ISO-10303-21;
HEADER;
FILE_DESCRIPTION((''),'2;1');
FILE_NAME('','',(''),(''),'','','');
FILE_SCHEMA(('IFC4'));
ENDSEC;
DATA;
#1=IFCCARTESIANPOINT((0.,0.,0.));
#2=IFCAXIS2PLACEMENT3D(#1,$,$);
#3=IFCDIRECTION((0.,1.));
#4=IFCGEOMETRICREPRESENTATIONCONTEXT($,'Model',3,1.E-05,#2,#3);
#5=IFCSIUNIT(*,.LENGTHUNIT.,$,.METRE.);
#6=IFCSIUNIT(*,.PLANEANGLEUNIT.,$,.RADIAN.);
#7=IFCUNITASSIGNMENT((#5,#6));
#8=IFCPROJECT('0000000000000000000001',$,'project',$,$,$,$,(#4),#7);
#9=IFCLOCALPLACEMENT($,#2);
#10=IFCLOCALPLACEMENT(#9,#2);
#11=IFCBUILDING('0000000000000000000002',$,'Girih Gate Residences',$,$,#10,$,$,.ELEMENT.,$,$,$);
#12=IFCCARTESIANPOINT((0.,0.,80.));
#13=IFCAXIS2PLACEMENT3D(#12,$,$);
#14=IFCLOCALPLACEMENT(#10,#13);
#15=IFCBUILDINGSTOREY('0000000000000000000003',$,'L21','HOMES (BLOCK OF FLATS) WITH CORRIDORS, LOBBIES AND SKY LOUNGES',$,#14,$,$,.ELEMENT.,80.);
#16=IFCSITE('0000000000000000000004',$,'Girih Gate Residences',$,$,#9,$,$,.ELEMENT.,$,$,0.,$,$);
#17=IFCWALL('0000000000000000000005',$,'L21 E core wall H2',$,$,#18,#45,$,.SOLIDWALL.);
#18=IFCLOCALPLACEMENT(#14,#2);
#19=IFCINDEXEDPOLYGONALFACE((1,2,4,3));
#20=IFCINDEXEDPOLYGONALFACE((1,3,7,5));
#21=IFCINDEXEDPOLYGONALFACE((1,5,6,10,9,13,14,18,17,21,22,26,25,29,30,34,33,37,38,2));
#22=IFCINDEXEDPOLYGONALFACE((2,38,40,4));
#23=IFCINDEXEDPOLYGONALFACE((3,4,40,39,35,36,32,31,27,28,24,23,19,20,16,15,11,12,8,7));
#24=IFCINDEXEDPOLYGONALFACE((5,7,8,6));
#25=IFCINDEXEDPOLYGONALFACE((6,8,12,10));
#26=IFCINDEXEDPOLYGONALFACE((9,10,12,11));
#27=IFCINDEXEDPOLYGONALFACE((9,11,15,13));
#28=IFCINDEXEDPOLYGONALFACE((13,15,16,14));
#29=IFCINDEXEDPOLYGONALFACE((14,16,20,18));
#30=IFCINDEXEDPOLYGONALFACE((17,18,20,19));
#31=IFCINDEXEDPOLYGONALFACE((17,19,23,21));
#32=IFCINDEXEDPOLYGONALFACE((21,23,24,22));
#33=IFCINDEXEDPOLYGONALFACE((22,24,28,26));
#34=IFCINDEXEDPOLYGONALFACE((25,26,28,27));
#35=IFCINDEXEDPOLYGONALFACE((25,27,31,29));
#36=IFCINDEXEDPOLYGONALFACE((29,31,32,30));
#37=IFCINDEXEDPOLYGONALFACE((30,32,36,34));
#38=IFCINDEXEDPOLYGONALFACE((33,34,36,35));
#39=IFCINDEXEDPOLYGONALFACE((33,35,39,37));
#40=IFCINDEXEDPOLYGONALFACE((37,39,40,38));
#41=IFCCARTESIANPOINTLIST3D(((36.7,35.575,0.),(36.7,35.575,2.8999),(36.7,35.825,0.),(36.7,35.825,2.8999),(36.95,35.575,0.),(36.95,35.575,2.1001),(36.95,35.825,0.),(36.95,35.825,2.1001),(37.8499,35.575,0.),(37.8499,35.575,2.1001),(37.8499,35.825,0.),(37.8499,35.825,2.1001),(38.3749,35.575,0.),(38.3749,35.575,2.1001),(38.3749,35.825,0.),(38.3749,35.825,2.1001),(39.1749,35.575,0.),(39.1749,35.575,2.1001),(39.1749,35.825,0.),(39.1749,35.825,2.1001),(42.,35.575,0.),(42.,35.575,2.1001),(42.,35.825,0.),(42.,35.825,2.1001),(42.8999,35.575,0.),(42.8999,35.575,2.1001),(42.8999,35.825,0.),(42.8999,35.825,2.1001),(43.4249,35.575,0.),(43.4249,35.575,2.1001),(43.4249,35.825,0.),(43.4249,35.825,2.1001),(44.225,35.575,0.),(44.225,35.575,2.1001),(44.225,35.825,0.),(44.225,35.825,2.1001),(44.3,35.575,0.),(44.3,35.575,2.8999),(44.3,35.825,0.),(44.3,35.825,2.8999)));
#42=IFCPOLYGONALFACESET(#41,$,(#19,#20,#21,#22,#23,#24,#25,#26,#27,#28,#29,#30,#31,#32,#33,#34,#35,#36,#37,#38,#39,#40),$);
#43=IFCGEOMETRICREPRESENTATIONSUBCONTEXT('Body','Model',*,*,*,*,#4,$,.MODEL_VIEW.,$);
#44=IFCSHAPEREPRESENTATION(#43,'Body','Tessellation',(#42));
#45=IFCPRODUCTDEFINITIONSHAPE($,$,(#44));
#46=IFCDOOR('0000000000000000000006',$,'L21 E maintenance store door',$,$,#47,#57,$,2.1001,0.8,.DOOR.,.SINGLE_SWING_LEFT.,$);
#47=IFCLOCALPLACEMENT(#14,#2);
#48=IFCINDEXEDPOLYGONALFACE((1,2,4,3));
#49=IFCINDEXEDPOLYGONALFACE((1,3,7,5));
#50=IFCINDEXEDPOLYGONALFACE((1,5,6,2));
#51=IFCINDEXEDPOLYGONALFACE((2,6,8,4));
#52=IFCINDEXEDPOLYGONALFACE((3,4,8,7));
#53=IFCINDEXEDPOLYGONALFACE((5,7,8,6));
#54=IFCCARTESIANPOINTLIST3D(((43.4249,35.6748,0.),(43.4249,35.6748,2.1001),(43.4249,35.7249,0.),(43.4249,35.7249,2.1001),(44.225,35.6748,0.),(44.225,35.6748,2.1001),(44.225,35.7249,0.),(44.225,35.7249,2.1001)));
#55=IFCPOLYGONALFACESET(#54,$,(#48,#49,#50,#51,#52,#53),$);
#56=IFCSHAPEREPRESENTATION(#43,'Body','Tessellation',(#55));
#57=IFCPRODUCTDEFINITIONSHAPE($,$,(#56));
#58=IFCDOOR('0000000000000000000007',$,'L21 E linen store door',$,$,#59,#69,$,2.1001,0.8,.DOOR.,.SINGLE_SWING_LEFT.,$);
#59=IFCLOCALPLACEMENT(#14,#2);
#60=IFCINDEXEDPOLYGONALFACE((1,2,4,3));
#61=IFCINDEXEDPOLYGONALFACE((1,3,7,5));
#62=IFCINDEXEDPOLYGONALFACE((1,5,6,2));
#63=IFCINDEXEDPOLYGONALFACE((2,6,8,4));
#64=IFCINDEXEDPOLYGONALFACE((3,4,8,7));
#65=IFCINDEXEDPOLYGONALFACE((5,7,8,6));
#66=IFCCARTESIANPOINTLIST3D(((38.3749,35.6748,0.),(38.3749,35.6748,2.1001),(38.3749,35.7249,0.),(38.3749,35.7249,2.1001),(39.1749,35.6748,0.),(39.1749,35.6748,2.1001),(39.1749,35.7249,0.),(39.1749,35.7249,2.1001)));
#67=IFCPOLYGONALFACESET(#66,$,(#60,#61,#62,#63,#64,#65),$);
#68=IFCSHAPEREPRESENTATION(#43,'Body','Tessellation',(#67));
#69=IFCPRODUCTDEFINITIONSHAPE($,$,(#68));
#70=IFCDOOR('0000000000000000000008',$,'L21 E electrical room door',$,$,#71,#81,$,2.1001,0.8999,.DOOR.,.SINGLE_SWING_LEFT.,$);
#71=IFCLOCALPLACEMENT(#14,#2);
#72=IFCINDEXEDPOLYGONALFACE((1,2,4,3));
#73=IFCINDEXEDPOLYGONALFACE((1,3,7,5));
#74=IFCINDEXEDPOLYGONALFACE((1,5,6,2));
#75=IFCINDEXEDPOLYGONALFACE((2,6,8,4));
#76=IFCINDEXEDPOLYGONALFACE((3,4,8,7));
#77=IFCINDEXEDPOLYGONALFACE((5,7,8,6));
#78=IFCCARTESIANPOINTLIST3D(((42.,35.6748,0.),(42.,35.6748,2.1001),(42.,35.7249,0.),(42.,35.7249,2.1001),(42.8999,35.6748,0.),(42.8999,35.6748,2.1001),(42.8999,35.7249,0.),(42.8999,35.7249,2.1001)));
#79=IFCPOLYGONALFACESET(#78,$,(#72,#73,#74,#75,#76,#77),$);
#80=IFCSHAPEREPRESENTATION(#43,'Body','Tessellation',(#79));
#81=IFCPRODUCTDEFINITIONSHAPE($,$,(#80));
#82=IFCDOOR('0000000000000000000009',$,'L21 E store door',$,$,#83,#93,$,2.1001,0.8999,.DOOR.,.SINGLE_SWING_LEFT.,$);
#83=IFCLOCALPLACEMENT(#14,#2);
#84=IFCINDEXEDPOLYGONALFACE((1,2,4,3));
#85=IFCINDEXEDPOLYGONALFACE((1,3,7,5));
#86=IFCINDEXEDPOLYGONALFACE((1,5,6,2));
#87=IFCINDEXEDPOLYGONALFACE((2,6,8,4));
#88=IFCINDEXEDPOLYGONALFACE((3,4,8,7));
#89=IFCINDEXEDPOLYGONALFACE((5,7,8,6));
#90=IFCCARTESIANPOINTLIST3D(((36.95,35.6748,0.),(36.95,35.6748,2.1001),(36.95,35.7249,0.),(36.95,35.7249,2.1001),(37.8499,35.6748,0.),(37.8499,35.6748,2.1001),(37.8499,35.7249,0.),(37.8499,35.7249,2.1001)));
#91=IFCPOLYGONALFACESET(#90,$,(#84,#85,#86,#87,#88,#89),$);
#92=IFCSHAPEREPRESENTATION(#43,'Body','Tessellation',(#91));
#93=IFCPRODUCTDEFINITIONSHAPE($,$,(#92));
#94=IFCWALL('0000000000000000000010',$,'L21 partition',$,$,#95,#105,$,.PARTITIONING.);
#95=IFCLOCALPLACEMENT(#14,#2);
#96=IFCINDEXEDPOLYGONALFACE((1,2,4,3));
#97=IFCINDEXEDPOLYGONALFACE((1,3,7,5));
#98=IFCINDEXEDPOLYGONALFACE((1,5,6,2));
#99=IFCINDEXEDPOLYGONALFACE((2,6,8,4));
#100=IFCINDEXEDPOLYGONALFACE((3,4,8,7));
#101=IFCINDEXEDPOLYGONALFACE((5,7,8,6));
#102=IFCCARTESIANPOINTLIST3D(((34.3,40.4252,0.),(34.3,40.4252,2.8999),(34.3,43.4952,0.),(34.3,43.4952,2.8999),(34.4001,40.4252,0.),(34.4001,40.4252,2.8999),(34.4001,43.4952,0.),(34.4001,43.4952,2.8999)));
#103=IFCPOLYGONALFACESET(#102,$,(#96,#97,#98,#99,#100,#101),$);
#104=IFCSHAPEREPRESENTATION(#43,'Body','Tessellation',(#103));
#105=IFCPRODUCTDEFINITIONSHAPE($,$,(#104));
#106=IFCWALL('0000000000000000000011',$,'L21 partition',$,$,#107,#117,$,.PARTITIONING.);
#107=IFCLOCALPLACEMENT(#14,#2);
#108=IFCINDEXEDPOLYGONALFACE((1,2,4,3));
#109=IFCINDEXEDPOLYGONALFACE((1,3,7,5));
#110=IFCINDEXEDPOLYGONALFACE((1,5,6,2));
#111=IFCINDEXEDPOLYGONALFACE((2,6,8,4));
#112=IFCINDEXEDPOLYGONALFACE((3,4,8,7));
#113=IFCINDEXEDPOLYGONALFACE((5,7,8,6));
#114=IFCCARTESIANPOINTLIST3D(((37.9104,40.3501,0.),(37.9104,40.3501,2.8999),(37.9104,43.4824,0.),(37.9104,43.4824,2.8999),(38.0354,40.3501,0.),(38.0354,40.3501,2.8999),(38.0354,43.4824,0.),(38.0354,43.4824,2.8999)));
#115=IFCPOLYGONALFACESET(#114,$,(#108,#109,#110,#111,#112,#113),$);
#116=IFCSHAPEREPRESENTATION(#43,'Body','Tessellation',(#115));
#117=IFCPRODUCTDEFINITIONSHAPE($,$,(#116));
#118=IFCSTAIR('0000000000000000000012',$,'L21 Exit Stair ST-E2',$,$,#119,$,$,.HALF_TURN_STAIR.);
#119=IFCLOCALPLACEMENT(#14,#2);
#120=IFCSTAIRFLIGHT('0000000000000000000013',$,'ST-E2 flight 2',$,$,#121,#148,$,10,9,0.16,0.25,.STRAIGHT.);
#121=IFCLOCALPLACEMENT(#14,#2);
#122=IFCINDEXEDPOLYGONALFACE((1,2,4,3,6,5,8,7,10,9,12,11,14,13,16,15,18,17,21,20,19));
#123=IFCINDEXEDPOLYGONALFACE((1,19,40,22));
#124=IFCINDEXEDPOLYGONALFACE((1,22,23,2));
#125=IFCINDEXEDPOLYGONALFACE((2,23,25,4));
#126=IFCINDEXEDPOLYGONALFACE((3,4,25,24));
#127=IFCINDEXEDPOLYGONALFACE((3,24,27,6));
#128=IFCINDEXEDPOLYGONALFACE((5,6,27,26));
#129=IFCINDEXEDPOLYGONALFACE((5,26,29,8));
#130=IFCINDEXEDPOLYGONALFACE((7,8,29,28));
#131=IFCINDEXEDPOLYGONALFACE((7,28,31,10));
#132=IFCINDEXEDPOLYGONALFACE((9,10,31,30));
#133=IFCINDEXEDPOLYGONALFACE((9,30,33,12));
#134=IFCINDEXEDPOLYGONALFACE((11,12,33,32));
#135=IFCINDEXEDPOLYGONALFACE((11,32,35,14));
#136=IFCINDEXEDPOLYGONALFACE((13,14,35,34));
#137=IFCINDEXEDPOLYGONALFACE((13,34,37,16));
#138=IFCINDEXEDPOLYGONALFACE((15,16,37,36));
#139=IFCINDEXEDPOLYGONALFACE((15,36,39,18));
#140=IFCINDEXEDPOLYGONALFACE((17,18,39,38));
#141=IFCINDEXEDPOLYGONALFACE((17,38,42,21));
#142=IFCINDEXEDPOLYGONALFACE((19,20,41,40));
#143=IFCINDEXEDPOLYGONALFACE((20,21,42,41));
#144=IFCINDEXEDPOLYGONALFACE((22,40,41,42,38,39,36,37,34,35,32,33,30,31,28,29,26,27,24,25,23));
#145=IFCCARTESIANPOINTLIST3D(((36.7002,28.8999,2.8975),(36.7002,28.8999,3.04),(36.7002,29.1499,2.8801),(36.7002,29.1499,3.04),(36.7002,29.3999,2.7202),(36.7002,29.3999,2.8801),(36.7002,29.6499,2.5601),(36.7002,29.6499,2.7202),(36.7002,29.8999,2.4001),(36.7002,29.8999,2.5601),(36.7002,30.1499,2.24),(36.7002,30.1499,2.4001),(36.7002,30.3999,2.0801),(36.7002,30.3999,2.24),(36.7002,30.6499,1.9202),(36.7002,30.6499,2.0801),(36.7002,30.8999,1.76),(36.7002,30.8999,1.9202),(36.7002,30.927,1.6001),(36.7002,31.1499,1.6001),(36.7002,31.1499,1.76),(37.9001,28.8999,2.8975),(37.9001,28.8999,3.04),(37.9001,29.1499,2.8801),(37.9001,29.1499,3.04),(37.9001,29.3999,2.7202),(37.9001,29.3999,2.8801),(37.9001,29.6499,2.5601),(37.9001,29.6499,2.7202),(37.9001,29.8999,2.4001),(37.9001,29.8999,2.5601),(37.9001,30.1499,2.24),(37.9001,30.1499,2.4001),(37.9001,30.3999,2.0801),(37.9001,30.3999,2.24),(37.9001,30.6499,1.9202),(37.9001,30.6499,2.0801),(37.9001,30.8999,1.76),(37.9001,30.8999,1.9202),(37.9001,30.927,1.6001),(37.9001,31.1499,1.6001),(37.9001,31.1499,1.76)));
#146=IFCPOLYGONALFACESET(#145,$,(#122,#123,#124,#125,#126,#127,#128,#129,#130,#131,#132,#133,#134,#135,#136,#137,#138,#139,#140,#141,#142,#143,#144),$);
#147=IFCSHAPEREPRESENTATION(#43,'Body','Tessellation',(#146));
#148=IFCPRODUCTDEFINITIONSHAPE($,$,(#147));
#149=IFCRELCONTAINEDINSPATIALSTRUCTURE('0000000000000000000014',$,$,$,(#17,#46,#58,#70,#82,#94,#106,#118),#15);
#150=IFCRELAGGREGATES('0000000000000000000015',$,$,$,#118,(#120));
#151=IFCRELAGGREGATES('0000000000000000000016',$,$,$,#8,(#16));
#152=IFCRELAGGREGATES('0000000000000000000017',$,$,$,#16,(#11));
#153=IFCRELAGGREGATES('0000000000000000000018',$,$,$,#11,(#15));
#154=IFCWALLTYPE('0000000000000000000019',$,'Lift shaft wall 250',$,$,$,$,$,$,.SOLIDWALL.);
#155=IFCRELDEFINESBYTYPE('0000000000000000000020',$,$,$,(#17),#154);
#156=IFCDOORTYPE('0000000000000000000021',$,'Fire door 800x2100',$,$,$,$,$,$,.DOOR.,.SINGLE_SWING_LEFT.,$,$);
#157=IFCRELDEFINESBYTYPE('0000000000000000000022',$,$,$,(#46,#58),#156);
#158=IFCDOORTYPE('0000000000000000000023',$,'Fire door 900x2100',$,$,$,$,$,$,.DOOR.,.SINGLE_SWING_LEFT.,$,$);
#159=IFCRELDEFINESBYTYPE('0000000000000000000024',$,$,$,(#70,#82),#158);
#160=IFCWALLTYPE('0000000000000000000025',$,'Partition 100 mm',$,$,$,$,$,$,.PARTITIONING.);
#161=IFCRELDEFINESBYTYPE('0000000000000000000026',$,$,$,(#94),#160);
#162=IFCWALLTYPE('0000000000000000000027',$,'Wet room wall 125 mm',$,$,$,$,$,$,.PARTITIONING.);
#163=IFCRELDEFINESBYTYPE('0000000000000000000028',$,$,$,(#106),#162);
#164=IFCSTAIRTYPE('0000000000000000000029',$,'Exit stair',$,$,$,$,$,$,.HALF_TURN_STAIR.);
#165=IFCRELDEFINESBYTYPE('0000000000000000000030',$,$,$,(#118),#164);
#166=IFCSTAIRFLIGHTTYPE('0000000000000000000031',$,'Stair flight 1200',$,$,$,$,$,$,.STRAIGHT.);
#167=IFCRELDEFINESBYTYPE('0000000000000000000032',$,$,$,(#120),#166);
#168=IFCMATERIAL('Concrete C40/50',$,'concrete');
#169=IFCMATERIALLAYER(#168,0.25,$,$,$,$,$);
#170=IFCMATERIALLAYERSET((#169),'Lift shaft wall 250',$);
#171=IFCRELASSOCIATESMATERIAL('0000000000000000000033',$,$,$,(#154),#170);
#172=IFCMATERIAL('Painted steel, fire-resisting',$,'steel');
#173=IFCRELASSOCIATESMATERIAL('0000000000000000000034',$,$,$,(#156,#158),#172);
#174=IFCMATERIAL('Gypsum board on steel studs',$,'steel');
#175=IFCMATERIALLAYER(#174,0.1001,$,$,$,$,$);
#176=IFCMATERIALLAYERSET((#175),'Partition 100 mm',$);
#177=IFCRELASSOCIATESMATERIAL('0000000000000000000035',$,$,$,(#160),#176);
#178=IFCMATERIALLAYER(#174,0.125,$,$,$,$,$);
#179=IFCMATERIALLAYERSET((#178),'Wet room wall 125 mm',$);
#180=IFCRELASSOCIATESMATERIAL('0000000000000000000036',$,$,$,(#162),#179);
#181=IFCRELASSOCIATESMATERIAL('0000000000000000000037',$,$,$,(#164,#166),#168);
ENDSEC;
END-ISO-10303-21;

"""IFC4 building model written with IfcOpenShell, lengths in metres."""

from ifc_helpers import new_model, si_unit, direction, frame, frame_2d, origin, place, context, subcontext, project, spatial, polyline, rectangle, outline, extrude, material, layer, layer_set, type_object, element, fill, aggregate, save


model = new_model("IFC4")

# Units and contexts
model_context = context("Model", 3, precision=1e-05, world=origin(), true_north=direction((0.0, 1.0)))
body_context = subcontext(model_context, "Body", "Model", "MODEL_VIEW")
ifc_project = project(units=[si_unit("LENGTHUNIT", "METRE"), si_unit("PLANEANGLEUNIT", "RADIAN")], contexts=[model_context])

# Site, building, storey
site_placement = place(None, origin())
site = spatial("IfcSite", under=ifc_project, at=site_placement, Name="Girih Gate Residences", CompositionType="ELEMENT", RefElevation=0.0)
building_placement = place(site_placement, origin())
building = spatial("IfcBuilding", under=site, at=building_placement, Name="Girih Gate Residences", CompositionType="ELEMENT")
storey_placement = place(building_placement, frame((0.0, 0.0, 80.0)))
storey = spatial("IfcBuildingStorey", under=building, at=storey_placement, Name="L21", Description="HOMES (BLOCK OF FLATS) WITH CORRIDORS, LOBBIES AND SKY LOUNGES", CompositionType="ELEMENT", Elevation=80.0)

# Shared definitions
ifc_material_1 = material(Name="Gypsum board on steel studs", Category="steel")

# Shared definitions
ifc_material_2 = material(Name="Concrete C40/50", Category="concrete")
ifc_layer_1 = layer(ifc_material_2, 0.25)
ifc_layer_set_1 = layer_set([ifc_layer_1], Name="Lift shaft wall 250")
wall_type_1 = type_object("IfcWallType", Name="Lift shaft wall 250", PredefinedType="SOLIDWALL", material=ifc_layer_set_1)

# Wall, openings, doors
wall_1_placement = place(storey_placement, frame((36.7, 35.7, 0.0), z_axis=(0.0, 0.0, 1.0), x_axis=(1.0, 0.0, 0.0)))
wall_1 = element("IfcWall", 1, at=wall_1_placement, inside=storey, type_object=wall_type_1, Name="L21 E core wall H2", PredefinedType="SOLIDWALL", context=body_context, shape_type="SweptSolid", body=[
    extrude(rectangle(XDim=7.6001, YDim=0.25, at=frame_2d((3.8, 0.0))), origin(), (0.0, 0.0, 1.0), 2.8999),
])
opening_1_placement = place(wall_1_placement, frame((6.7251, 0.0, 0.0)))
opening_1 = element("IfcOpeningElement", 2, at=opening_1_placement, cuts=wall_1, PredefinedType="OPENING", context=body_context, shape_type="SweptSolid", body=[
    extrude(rectangle(XDim=0.8, YDim=2.1001, at=frame_2d((0.3999, 1.05))), frame((0.0, 0.135, 0.0), z_axis=(0.0, -1.0, 0.0), x_axis=(1.0, 0.0, 0.0)), (0.0, 0.0, 1.0), 0.27),
])
opening_2_placement = place(wall_1_placement, frame((5.3, 0.0, 0.0)))
opening_2 = element("IfcOpeningElement", 3, at=opening_2_placement, cuts=wall_1, PredefinedType="OPENING", context=body_context, shape_type="SweptSolid", body=[
    extrude(rectangle(XDim=0.8999, YDim=2.1001, at=frame_2d((0.45, 1.05))), frame((0.0, 0.135, 0.0), z_axis=(0.0, -1.0, 0.0), x_axis=(1.0, 0.0, 0.0)), (0.0, 0.0, 1.0), 0.27),
])
opening_3_placement = place(wall_1_placement, frame((1.675, 0.0, 0.0)))
opening_3 = element("IfcOpeningElement", 4, at=opening_3_placement, cuts=wall_1, PredefinedType="OPENING", context=body_context, shape_type="SweptSolid", body=[
    extrude(rectangle(XDim=0.8, YDim=2.1001, at=frame_2d((0.3999, 1.05))), frame((0.0, 0.135, 0.0), z_axis=(0.0, -1.0, 0.0), x_axis=(1.0, 0.0, 0.0)), (0.0, 0.0, 1.0), 0.27),
])
opening_4_placement = place(wall_1_placement, frame((0.25, 0.0, 0.0)))
opening_4 = element("IfcOpeningElement", 5, at=opening_4_placement, cuts=wall_1, PredefinedType="OPENING", context=body_context, shape_type="SweptSolid", body=[
    extrude(rectangle(XDim=0.8999, YDim=2.1001, at=frame_2d((0.45, 1.05))), frame((0.0, 0.135, 0.0), z_axis=(0.0, -1.0, 0.0), x_axis=(1.0, 0.0, 0.0)), (0.0, 0.0, 1.0), 0.27),
])
ifc_material_3 = material(Name="Painted steel, fire-resisting", Category="steel")
door_type_1 = type_object("IfcDoorType", Name="Fire door 800x2100", OperationType="SINGLE_SWING_LEFT", PredefinedType="DOOR", material=ifc_material_3)
door_1_placement = place(opening_1_placement, origin())
door_1 = element("IfcDoor", 6, at=door_1_placement, inside=storey, type_object=door_type_1, Name="L21 E maintenance store door", OperationType="SINGLE_SWING_LEFT", OverallHeight=2.1001, OverallWidth=0.8, PredefinedType="DOOR", context=body_context, shape_type="SweptSolid", body=[
    extrude(rectangle(XDim=0.8, YDim=2.1001, at=frame_2d((0.3999, 1.05))), frame((0.0, 0.0249, 0.0), z_axis=(0.0, -1.0, 0.0), x_axis=(1.0, 0.0, 0.0)), (0.0, 0.0, 1.0), 0.05),
])
fill(opening_1, door_1)
door_2_placement = place(opening_3_placement, origin())
door_2 = element("IfcDoor", 7, at=door_2_placement, inside=storey, type_object=door_type_1, Name="L21 E linen store door", OperationType="SINGLE_SWING_LEFT", OverallHeight=2.1001, OverallWidth=0.8, PredefinedType="DOOR", context=body_context, shape_type="SweptSolid", body=[
    extrude(rectangle(XDim=0.8, YDim=2.1001, at=frame_2d((0.3999, 1.05))), frame((0.0, 0.0249, 0.0), z_axis=(0.0, -1.0, 0.0), x_axis=(1.0, 0.0, 0.0)), (0.0, 0.0, 1.0), 0.05),
])
fill(opening_3, door_2)
door_type_2 = type_object("IfcDoorType", Name="Fire door 900x2100", OperationType="SINGLE_SWING_LEFT", PredefinedType="DOOR", material=ifc_material_3)
door_3_placement = place(opening_2_placement, origin())
door_3 = element("IfcDoor", 8, at=door_3_placement, inside=storey, type_object=door_type_2, Name="L21 E electrical room door", OperationType="SINGLE_SWING_LEFT", OverallHeight=2.1001, OverallWidth=0.8999, PredefinedType="DOOR", context=body_context, shape_type="SweptSolid", body=[
    extrude(rectangle(XDim=0.8999, YDim=2.1001, at=frame_2d((0.45, 1.05))), frame((0.0, 0.0249, 0.0), z_axis=(0.0, -1.0, 0.0), x_axis=(1.0, 0.0, 0.0)), (0.0, 0.0, 1.0), 0.05),
])
fill(opening_2, door_3)
door_4_placement = place(opening_4_placement, origin())
door_4 = element("IfcDoor", 9, at=door_4_placement, inside=storey, type_object=door_type_2, Name="L21 E store door", OperationType="SINGLE_SWING_LEFT", OverallHeight=2.1001, OverallWidth=0.8999, PredefinedType="DOOR", context=body_context, shape_type="SweptSolid", body=[
    extrude(rectangle(XDim=0.8999, YDim=2.1001, at=frame_2d((0.45, 1.05))), frame((0.0, 0.0249, 0.0), z_axis=(0.0, -1.0, 0.0), x_axis=(1.0, 0.0, 0.0)), (0.0, 0.0, 1.0), 0.05),
])
fill(opening_4, door_4)

# Walls
ifc_layer_2 = layer(ifc_material_1, 0.1001)
ifc_layer_set_2 = layer_set([ifc_layer_2], Name="Partition 100 mm")
wall_type_2 = type_object("IfcWallType", Name="Partition 100 mm", PredefinedType="PARTITIONING", material=ifc_layer_set_2)
wall_2_placement = place(storey_placement, frame((34.3501, 40.425, 0.0), z_axis=(0.0, 0.0, 1.0), x_axis=(0.0, 1.0, 0.0)))
element("IfcWall", 10, at=wall_2_placement, inside=storey, type_object=wall_type_2, Name="L21 partition", PredefinedType="PARTITIONING", context=body_context, shape_type="SweptSolid", body=[
    extrude(rectangle(XDim=3.0701, YDim=0.1001, at=frame_2d((1.5352, 0.0))), origin(), (0.0, 0.0, 1.0), 2.8999),
])
ifc_layer_3 = layer(ifc_material_1, 0.125)
ifc_layer_set_3 = layer_set([ifc_layer_3], Name="Wet room wall 125 mm")
wall_type_3 = type_object("IfcWallType", Name="Wet room wall 125 mm", PredefinedType="PARTITIONING", material=ifc_layer_set_3)
wall_3_placement = place(storey_placement, frame((37.9729, 40.3501, 0.0), z_axis=(0.0, 0.0, 1.0), x_axis=(0.0, 1.0, 0.0)))
element("IfcWall", 11, at=wall_3_placement, inside=storey, type_object=wall_type_3, Name="L21 partition", PredefinedType="PARTITIONING", context=body_context, shape_type="SweptSolid", body=[
    extrude(rectangle(XDim=3.1323, YDim=0.125, at=frame_2d((1.5662, 0.0))), origin(), (0.0, 0.0, 1.0), 2.8999),
])

# Stair, stair flight
stair_type = type_object("IfcStairType", Name="Exit stair", PredefinedType="HALF_TURN_STAIR", material=ifc_material_2)
stair_placement = place(storey_placement, origin())
stair = element("IfcStair", 12, at=stair_placement, inside=storey, type_object=stair_type, Name="L21 Exit Stair ST-E2", PredefinedType="HALF_TURN_STAIR")
stair_flight_type = type_object("IfcStairFlightType", Name="Stair flight 1200", PredefinedType="STRAIGHT", material=ifc_material_2)
stair_flight_placement = place(storey_placement, frame((37.3, 31.1499, 1.6001), z_axis=(0.0, 0.0, 1.0), x_axis=(0.0, -1.0, 0.0)))
stair_flight = element("IfcStairFlight", 13, at=stair_flight_placement, type_object=stair_flight_type, Name="ST-E2 flight 2", NumberOfRisers=10, NumberOfTreads=9, PredefinedType="STRAIGHT", RiserHeight=0.16, TreadLength=0.25, context=body_context, shape_type="SweptSolid", body=[
    extrude(outline(polyline([(0.0, 0.0), (0.0, 0.1599), (0.25, 0.1599), (0.25, 0.3201), (0.5, 0.3201), (0.5, 0.48), (0.75, 0.48), (0.75, 0.6399), (1.0, 0.6399), (1.0, 0.8), (1.25, 0.8), (1.25, 0.96), (1.5, 0.96), (1.5, 1.1201), (1.75, 1.1201), (1.75, 1.28), (2.0, 1.28), (2.0, 1.4399), (2.25, 1.4399), (2.25, 1.6001), (2.25, 1.2974), (0.2229, 0.0), (0.0, 0.0)])), frame((0.0, 0.6001, 0.0), z_axis=(0.0, -1.0, 0.0), x_axis=(1.0, 0.0, 0.0)), (0.0, 0.0, 1.0), 1.2),
])
aggregate(stair, [stair_flight])

save(model, "model.ifc")
